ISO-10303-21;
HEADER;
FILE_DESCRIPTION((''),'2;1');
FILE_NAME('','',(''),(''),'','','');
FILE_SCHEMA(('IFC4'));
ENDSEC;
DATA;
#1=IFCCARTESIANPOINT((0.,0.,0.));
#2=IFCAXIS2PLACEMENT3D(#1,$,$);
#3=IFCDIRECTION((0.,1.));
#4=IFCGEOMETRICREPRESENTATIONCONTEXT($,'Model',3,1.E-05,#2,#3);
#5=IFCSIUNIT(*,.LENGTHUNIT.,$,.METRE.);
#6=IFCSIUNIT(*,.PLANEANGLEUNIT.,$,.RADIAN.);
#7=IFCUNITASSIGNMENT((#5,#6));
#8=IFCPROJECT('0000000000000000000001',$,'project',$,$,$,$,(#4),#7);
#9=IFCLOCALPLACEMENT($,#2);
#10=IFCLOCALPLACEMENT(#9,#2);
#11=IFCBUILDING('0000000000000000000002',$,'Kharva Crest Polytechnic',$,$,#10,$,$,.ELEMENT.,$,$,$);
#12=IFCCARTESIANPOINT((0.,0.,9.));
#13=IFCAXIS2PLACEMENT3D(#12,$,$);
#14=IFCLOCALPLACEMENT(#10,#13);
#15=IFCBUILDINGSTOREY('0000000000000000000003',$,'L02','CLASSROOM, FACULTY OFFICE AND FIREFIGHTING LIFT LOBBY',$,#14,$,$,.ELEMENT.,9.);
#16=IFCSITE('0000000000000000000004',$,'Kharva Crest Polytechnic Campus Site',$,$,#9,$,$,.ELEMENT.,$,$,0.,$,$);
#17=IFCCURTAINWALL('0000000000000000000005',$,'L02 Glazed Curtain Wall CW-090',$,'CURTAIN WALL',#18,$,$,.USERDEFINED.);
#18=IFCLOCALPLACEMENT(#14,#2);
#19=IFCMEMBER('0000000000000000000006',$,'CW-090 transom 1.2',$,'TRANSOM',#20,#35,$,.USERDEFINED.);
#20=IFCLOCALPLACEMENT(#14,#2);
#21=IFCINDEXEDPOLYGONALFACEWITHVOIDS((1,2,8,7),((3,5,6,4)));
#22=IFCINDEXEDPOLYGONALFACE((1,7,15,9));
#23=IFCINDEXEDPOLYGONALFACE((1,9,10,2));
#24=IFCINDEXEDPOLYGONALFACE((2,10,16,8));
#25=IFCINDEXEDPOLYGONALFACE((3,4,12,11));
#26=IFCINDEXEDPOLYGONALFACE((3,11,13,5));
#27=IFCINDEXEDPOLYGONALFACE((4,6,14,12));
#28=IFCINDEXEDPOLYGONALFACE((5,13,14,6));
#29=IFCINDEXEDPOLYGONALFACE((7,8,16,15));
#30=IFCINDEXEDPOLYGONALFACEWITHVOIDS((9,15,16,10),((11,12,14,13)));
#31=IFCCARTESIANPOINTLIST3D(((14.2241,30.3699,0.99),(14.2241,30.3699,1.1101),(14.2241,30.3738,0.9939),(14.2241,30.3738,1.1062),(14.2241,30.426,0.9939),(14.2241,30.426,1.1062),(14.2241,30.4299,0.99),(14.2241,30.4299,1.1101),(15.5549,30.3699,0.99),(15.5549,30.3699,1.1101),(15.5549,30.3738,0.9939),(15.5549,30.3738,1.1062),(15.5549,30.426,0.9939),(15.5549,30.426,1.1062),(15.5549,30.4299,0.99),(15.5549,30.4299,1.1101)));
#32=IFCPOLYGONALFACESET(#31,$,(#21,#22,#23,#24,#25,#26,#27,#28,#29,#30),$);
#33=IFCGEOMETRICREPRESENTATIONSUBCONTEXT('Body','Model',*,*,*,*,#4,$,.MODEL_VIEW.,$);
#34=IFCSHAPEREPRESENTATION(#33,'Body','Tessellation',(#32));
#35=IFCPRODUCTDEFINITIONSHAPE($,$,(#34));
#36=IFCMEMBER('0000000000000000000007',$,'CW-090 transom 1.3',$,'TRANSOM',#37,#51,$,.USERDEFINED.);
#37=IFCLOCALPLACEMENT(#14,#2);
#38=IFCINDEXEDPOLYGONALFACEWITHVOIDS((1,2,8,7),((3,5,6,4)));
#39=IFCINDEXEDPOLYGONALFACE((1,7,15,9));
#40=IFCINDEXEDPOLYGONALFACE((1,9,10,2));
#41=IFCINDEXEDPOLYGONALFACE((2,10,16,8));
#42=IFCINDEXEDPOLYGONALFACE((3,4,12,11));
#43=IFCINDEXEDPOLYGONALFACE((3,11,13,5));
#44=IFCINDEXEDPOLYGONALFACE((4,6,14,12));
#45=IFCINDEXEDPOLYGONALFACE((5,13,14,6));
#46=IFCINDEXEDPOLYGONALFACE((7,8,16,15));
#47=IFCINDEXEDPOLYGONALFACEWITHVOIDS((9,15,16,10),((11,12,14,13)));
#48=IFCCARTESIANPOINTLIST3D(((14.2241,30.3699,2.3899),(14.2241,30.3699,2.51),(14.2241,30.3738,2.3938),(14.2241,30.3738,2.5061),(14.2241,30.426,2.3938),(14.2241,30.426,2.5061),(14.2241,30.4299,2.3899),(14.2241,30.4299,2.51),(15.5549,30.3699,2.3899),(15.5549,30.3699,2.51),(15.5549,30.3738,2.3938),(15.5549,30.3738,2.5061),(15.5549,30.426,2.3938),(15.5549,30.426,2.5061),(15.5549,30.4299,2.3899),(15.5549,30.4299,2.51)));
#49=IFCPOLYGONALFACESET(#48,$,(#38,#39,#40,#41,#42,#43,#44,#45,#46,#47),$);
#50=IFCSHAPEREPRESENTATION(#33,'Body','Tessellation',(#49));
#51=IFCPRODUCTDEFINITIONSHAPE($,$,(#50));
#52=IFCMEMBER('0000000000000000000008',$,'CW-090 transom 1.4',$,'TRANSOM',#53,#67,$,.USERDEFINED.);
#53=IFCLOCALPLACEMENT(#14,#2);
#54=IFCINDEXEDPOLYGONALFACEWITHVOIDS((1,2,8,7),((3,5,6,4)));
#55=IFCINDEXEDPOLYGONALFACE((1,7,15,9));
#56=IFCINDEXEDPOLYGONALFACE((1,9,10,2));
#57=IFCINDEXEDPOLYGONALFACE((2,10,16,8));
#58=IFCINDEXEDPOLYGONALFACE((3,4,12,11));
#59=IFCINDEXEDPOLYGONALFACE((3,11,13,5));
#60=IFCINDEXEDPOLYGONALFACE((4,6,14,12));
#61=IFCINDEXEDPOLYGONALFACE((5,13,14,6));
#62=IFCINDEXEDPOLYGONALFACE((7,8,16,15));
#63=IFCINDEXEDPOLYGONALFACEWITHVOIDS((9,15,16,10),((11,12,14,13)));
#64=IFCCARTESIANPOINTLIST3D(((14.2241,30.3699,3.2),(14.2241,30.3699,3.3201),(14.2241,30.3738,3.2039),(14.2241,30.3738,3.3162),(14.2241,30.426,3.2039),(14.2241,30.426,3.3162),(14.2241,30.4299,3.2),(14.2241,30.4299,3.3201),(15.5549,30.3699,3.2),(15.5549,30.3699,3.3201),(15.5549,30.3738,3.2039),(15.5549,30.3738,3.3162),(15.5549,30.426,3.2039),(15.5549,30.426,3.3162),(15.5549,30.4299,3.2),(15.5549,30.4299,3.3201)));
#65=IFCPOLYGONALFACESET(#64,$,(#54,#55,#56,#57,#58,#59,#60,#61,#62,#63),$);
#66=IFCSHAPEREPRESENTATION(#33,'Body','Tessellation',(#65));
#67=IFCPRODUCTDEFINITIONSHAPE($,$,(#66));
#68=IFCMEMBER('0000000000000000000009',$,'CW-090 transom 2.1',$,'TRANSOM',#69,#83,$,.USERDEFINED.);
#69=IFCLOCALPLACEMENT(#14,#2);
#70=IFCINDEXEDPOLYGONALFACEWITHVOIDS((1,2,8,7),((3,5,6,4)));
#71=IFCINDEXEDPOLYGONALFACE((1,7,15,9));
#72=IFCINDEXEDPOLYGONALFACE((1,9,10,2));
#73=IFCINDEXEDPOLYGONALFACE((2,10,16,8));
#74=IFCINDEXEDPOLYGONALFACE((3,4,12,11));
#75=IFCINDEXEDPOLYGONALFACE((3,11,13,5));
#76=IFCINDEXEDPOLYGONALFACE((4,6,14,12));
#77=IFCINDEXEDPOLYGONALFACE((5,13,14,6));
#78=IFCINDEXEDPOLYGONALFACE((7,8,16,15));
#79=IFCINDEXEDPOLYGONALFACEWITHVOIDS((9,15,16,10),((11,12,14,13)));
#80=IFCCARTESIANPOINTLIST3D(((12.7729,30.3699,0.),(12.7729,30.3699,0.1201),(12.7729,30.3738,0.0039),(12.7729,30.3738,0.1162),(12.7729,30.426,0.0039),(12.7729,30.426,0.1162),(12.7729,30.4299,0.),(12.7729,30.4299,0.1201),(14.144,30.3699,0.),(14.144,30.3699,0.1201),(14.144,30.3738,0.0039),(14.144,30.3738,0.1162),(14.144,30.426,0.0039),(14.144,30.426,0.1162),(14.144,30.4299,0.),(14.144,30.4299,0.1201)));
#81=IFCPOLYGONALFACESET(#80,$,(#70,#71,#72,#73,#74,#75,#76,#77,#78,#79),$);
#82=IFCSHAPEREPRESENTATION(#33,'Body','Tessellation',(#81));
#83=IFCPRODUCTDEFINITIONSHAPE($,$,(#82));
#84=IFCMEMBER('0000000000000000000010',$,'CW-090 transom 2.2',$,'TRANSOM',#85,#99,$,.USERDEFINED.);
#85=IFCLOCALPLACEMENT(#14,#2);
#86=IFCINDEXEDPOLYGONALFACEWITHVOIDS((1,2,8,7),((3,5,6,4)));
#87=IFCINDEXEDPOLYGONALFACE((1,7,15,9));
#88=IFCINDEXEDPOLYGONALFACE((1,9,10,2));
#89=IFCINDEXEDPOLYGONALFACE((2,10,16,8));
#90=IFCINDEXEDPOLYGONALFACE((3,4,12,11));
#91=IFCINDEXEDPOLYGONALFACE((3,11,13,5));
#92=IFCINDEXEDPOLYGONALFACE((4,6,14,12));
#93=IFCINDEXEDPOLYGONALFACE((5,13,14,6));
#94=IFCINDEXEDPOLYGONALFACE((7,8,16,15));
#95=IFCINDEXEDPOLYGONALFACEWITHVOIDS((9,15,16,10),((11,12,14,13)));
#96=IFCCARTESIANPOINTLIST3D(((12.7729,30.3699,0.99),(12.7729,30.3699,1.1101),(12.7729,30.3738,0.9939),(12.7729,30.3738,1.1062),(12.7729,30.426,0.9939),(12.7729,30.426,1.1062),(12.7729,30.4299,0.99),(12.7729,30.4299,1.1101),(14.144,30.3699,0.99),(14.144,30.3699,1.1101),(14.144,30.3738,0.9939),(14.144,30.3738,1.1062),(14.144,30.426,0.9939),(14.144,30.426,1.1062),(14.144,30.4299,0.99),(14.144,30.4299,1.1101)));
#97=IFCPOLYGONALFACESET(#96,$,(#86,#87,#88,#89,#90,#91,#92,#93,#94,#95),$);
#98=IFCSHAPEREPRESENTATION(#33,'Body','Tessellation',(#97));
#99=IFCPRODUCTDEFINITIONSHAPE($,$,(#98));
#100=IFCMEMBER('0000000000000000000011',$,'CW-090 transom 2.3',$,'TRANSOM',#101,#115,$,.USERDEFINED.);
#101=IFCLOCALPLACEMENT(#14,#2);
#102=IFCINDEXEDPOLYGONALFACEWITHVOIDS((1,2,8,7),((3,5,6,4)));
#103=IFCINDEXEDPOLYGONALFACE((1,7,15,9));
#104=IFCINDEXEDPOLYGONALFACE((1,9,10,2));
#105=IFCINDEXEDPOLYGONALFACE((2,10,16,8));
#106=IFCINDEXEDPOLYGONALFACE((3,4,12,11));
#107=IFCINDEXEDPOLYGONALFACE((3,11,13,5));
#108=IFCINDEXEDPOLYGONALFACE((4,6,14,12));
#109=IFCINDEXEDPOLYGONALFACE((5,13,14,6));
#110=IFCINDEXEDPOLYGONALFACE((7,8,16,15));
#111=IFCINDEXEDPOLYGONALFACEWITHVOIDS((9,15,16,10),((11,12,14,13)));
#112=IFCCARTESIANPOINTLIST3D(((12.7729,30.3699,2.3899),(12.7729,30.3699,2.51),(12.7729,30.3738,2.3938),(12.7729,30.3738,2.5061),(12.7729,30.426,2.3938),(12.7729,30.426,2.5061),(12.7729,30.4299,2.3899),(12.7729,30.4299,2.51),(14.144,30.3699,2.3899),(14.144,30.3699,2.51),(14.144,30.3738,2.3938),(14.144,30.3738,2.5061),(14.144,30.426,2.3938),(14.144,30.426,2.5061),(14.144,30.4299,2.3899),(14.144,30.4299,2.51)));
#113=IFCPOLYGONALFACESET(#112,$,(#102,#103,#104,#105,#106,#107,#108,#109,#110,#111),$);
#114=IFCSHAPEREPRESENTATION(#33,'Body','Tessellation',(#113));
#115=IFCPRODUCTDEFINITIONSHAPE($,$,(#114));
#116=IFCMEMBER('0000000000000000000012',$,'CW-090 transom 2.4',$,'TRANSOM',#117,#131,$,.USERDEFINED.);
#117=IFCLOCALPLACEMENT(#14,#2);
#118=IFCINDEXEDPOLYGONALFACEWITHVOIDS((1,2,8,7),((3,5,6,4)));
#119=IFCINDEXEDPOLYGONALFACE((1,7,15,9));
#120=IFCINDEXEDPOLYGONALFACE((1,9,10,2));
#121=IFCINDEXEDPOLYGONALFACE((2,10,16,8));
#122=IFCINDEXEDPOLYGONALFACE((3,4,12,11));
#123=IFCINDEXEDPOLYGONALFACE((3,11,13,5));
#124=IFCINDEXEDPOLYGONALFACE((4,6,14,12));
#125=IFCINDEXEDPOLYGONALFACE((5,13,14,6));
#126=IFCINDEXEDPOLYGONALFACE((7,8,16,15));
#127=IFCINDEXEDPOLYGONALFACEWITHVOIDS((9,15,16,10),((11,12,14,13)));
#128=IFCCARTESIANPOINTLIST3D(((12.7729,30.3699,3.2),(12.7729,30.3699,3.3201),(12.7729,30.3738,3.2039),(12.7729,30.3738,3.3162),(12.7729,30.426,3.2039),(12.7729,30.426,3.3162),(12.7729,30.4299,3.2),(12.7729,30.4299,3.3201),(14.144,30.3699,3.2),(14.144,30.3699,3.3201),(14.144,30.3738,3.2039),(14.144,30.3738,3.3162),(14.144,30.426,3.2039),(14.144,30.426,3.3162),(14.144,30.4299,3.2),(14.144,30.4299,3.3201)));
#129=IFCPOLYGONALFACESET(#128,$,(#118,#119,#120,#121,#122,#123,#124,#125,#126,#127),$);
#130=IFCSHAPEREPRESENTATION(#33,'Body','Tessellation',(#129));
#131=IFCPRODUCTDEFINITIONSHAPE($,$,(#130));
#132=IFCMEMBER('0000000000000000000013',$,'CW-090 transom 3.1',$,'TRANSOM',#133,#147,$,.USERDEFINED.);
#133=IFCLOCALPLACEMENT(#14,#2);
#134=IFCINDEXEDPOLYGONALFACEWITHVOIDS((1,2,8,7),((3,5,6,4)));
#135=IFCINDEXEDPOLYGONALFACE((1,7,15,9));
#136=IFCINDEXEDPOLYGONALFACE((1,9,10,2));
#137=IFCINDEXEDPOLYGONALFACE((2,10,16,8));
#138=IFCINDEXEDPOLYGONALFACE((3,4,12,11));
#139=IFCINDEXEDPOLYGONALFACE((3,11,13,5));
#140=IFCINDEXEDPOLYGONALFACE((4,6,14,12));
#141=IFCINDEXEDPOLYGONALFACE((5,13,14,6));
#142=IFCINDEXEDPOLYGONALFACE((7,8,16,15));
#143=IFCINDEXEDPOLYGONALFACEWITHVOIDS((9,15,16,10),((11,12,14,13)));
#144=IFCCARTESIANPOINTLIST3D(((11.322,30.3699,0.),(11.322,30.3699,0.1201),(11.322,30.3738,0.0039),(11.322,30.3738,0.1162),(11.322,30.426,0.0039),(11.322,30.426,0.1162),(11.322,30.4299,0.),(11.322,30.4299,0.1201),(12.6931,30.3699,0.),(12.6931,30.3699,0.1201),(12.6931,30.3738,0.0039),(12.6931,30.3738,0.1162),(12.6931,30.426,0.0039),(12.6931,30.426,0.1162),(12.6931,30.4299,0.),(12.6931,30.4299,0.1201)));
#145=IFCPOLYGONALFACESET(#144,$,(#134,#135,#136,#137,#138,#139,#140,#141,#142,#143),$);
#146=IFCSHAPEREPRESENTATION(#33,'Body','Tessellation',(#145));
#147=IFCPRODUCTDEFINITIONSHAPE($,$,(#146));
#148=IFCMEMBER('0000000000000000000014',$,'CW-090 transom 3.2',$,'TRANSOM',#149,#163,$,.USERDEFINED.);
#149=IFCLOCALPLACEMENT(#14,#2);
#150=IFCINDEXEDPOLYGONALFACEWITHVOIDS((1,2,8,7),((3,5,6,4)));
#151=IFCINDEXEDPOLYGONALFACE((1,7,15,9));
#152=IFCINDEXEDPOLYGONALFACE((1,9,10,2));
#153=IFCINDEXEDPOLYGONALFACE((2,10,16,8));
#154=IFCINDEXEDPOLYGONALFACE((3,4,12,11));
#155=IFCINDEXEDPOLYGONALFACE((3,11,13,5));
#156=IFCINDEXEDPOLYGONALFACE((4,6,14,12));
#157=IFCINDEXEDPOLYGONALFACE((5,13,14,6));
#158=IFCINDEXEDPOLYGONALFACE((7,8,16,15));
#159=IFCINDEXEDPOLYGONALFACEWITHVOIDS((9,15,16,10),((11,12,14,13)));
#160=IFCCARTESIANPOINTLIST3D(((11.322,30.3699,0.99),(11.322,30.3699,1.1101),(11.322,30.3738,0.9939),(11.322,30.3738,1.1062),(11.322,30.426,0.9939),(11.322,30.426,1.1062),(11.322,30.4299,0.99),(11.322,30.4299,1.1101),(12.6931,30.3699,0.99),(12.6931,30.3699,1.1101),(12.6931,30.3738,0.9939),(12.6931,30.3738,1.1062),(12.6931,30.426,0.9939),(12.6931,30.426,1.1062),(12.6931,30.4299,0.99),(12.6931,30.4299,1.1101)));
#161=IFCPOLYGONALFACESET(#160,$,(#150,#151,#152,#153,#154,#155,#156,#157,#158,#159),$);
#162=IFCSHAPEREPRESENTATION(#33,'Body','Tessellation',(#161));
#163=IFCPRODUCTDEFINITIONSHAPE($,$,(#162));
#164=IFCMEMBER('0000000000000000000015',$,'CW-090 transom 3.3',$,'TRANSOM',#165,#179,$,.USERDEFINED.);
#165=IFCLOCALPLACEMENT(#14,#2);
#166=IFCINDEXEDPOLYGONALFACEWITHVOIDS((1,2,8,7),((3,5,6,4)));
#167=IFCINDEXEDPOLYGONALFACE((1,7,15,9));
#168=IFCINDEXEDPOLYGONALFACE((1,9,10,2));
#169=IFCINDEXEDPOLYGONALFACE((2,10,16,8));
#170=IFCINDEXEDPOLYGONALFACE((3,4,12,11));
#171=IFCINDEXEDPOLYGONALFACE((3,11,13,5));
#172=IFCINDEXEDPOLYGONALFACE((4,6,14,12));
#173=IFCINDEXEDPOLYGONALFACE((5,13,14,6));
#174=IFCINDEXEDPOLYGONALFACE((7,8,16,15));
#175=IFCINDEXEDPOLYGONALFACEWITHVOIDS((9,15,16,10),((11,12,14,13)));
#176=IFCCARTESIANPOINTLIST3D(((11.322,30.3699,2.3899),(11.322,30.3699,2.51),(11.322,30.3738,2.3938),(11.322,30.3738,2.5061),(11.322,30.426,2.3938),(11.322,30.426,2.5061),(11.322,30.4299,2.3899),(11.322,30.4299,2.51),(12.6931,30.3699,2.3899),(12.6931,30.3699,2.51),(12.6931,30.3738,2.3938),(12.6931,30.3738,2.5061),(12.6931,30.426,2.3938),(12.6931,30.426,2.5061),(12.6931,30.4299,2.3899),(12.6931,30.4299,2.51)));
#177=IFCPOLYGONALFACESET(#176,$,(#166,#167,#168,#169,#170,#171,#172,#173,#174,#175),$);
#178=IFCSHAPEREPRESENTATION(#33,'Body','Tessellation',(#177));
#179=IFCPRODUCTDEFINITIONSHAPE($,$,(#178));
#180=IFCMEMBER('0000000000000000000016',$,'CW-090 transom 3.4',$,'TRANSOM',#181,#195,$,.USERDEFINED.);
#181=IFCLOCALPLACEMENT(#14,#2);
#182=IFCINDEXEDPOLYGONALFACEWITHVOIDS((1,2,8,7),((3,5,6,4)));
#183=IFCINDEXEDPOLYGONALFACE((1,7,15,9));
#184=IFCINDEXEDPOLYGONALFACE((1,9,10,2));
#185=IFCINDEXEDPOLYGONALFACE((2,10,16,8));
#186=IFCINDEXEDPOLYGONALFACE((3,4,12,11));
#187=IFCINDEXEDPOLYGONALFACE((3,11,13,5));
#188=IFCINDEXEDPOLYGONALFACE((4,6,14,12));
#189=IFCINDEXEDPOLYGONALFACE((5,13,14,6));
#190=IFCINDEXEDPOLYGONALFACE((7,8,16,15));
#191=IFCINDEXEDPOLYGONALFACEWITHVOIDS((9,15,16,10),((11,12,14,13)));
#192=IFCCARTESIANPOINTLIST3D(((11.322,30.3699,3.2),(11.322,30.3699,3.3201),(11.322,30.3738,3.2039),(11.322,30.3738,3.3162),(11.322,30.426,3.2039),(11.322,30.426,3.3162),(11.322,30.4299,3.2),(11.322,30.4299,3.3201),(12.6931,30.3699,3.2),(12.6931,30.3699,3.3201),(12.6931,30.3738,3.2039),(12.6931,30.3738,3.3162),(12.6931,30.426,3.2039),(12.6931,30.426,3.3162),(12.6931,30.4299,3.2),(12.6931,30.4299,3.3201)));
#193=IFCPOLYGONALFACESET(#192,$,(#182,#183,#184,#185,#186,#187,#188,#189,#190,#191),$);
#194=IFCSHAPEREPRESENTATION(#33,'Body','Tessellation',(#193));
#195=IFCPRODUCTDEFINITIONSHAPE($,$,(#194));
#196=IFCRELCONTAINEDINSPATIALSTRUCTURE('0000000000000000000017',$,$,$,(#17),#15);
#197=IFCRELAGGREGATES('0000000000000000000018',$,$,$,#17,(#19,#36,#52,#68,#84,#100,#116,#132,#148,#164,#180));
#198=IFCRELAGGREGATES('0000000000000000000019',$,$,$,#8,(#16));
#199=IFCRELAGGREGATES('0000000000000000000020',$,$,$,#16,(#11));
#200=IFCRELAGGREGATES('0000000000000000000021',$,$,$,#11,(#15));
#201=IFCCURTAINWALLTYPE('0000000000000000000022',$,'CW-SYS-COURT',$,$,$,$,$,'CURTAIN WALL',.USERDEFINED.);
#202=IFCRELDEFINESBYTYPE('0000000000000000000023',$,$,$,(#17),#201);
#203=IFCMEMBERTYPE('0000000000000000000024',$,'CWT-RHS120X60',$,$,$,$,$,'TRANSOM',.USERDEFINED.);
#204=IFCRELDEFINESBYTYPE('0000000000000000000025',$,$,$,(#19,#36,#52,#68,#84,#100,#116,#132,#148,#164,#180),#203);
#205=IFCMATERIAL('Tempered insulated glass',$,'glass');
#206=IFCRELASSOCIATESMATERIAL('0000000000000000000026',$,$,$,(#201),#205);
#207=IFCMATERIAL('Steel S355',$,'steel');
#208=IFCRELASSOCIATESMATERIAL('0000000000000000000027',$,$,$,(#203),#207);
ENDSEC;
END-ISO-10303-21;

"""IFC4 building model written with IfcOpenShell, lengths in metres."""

from ifc_helpers import new_model, si_unit, direction, frame, origin, origin_2d, place, context, subcontext, project, spatial, hollow_rectangle, extrude, material, material_profile, profile_set, type_object, element, aggregate, save


model = new_model("IFC4")

# Units and contexts
model_context = context("Model", 3, precision=1e-05, world=origin(), true_north=direction((0.0, 1.0)))
body_context = subcontext(model_context, "Body", "Model", "MODEL_VIEW")
ifc_project = project(units=[si_unit("LENGTHUNIT", "METRE"), si_unit("PLANEANGLEUNIT", "RADIAN")], contexts=[model_context])

# Site, building, storey
site_placement = place(None, origin())
site = spatial("IfcSite", under=ifc_project, at=site_placement, Name="Kharva Crest Polytechnic Campus Site", CompositionType="ELEMENT", RefElevation=0.0)
building_placement = place(site_placement, origin())
building = spatial("IfcBuilding", under=site, at=building_placement, Name="Kharva Crest Polytechnic", CompositionType="ELEMENT")
storey_placement = place(building_placement, frame((0.0, 0.0, 9.0)))
storey = spatial("IfcBuildingStorey", under=building, at=storey_placement, Name="L02", Description="CLASSROOM, FACULTY OFFICE AND FIREFIGHTING LIFT LOBBY", CompositionType="ELEMENT", Elevation=9.0)

# Curtain wall
ifc_material_1 = material(Name="Tempered insulated glass", Category="glass")
curtain_wall_type = type_object("IfcCurtainWallType", Name="CW-SYS-COURT", ElementType="CURTAIN WALL", PredefinedType="USERDEFINED", material=ifc_material_1)
ifc_material_2 = material(Name="Steel S355", Category="steel")
curtain_wall_1_placement = place(storey_placement, origin())
curtain_wall_1 = element("IfcCurtainWall", 1, at=curtain_wall_1_placement, inside=storey, type_object=curtain_wall_type, Name="L02 Glazed Curtain Wall CW-090", ObjectType="CURTAIN WALL", PredefinedType="USERDEFINED")

# Members
ifc_material_profile_1 = material_profile(ifc_material_2, hollow_rectangle(XDim=0.0601, YDim=0.1201, WallThickness=0.0039, at=origin_2d()), Name="RHS 120X60X4.0")
ifc_profile_set_1 = profile_set([ifc_material_profile_1], Name="Steel S355")
member_type_1 = type_object("IfcMemberType", Name="CWT-RHS120X60", ElementType="TRANSOM", PredefinedType="USERDEFINED", material=ifc_profile_set_1)
member_1_placement = place(storey_placement, frame((15.5549, 30.3999, 1.05), z_axis=(-1.0, 0.0, 0.0), x_axis=(0.0, -1.0, 0.0)))
member_1 = element("IfcMember", 2, at=member_1_placement, type_object=member_type_1, Name="CW-090 transom 1.2", ObjectType="TRANSOM", PredefinedType="USERDEFINED", context=body_context, shape_type="SweptSolid", body=[
    extrude(hollow_rectangle(XDim=0.0601, YDim=0.1201, WallThickness=0.0039, at=origin_2d()), origin(), (0.0, 0.0, 1.0), 1.3308),
])
member_2_placement = place(storey_placement, frame((15.5549, 30.3999, 2.45), z_axis=(-1.0, 0.0, 0.0), x_axis=(0.0, -1.0, 0.0)))
member_2 = element("IfcMember", 3, at=member_2_placement, type_object=member_type_1, Name="CW-090 transom 1.3", ObjectType="TRANSOM", PredefinedType="USERDEFINED", context=body_context, shape_type="SweptSolid", body=[
    extrude(hollow_rectangle(XDim=0.0601, YDim=0.1201, WallThickness=0.0039, at=origin_2d()), origin(), (0.0, 0.0, 1.0), 1.3308),
])
member_3_placement = place(storey_placement, frame((15.5549, 30.3999, 3.26), z_axis=(-1.0, 0.0, 0.0), x_axis=(0.0, -1.0, 0.0)))
member_3 = element("IfcMember", 4, at=member_3_placement, type_object=member_type_1, Name="CW-090 transom 1.4", ObjectType="TRANSOM", PredefinedType="USERDEFINED", context=body_context, shape_type="SweptSolid", body=[
    extrude(hollow_rectangle(XDim=0.0601, YDim=0.1201, WallThickness=0.0039, at=origin_2d()), origin(), (0.0, 0.0, 1.0), 1.3308),
])
member_4_placement = place(storey_placement, frame((14.144, 30.3999, 0.0601), z_axis=(-1.0, 0.0, 0.0), x_axis=(0.0, -1.0, 0.0)))
member_4 = element("IfcMember", 5, at=member_4_placement, type_object=member_type_1, Name="CW-090 transom 2.1", ObjectType="TRANSOM", PredefinedType="USERDEFINED", context=body_context, shape_type="SweptSolid", body=[
    extrude(hollow_rectangle(XDim=0.0601, YDim=0.1201, WallThickness=0.0039, at=origin_2d()), origin(), (0.0, 0.0, 1.0), 1.3711),
])
member_5_placement = place(storey_placement, frame((14.144, 30.3999, 1.05), z_axis=(-1.0, 0.0, 0.0), x_axis=(0.0, -1.0, 0.0)))
member_5 = element("IfcMember", 6, at=member_5_placement, type_object=member_type_1, Name="CW-090 transom 2.2", ObjectType="TRANSOM", PredefinedType="USERDEFINED", context=body_context, shape_type="SweptSolid", body=[
    extrude(hollow_rectangle(XDim=0.0601, YDim=0.1201, WallThickness=0.0039, at=origin_2d()), origin(), (0.0, 0.0, 1.0), 1.3711),
])
member_6_placement = place(storey_placement, frame((14.144, 30.3999, 2.45), z_axis=(-1.0, 0.0, 0.0), x_axis=(0.0, -1.0, 0.0)))
member_6 = element("IfcMember", 7, at=member_6_placement, type_object=member_type_1, Name="CW-090 transom 2.3", ObjectType="TRANSOM", PredefinedType="USERDEFINED", context=body_context, shape_type="SweptSolid", body=[
    extrude(hollow_rectangle(XDim=0.0601, YDim=0.1201, WallThickness=0.0039, at=origin_2d()), origin(), (0.0, 0.0, 1.0), 1.3711),
])
member_7_placement = place(storey_placement, frame((14.144, 30.3999, 3.26), z_axis=(-1.0, 0.0, 0.0), x_axis=(0.0, -1.0, 0.0)))
member_7 = element("IfcMember", 8, at=member_7_placement, type_object=member_type_1, Name="CW-090 transom 2.4", ObjectType="TRANSOM", PredefinedType="USERDEFINED", context=body_context, shape_type="SweptSolid", body=[
    extrude(hollow_rectangle(XDim=0.0601, YDim=0.1201, WallThickness=0.0039, at=origin_2d()), origin(), (0.0, 0.0, 1.0), 1.3711),
])
member_8_placement = place(storey_placement, frame((12.6931, 30.3999, 0.0601), z_axis=(-1.0, 0.0, 0.0), x_axis=(0.0, -1.0, 0.0)))
member_8 = element("IfcMember", 9, at=member_8_placement, type_object=member_type_1, Name="CW-090 transom 3.1", ObjectType="TRANSOM", PredefinedType="USERDEFINED", context=body_context, shape_type="SweptSolid", body=[
    extrude(hollow_rectangle(XDim=0.0601, YDim=0.1201, WallThickness=0.0039, at=origin_2d()), origin(), (0.0, 0.0, 1.0), 1.3711),
])
member_9_placement = place(storey_placement, frame((12.6931, 30.3999, 1.05), z_axis=(-1.0, 0.0, 0.0), x_axis=(0.0, -1.0, 0.0)))
member_9 = element("IfcMember", 10, at=member_9_placement, type_object=member_type_1, Name="CW-090 transom 3.2", ObjectType="TRANSOM", PredefinedType="USERDEFINED", context=body_context, shape_type="SweptSolid", body=[
    extrude(hollow_rectangle(XDim=0.0601, YDim=0.1201, WallThickness=0.0039, at=origin_2d()), origin(), (0.0, 0.0, 1.0), 1.3711),
])
member_10_placement = place(storey_placement, frame((12.6931, 30.3999, 2.45), z_axis=(-1.0, 0.0, 0.0), x_axis=(0.0, -1.0, 0.0)))
member_10 = element("IfcMember", 11, at=member_10_placement, type_object=member_type_1, Name="CW-090 transom 3.3", ObjectType="TRANSOM", PredefinedType="USERDEFINED", context=body_context, shape_type="SweptSolid", body=[
    extrude(hollow_rectangle(XDim=0.0601, YDim=0.1201, WallThickness=0.0039, at=origin_2d()), origin(), (0.0, 0.0, 1.0), 1.3711),
])
member_11_placement = place(storey_placement, frame((12.6931, 30.3999, 3.26), z_axis=(-1.0, 0.0, 0.0), x_axis=(0.0, -1.0, 0.0)))
member_11 = element("IfcMember", 12, at=member_11_placement, type_object=member_type_1, Name="CW-090 transom 3.4", ObjectType="TRANSOM", PredefinedType="USERDEFINED", context=body_context, shape_type="SweptSolid", body=[
    extrude(hollow_rectangle(XDim=0.0601, YDim=0.1201, WallThickness=0.0039, at=origin_2d()), origin(), (0.0, 0.0, 1.0), 1.3711),
])

aggregate(curtain_wall_1, [member_1, member_2, member_3, member_4, member_5, member_6, member_7, member_8, member_9, member_10, member_11])

save(model, "model.ifc")
